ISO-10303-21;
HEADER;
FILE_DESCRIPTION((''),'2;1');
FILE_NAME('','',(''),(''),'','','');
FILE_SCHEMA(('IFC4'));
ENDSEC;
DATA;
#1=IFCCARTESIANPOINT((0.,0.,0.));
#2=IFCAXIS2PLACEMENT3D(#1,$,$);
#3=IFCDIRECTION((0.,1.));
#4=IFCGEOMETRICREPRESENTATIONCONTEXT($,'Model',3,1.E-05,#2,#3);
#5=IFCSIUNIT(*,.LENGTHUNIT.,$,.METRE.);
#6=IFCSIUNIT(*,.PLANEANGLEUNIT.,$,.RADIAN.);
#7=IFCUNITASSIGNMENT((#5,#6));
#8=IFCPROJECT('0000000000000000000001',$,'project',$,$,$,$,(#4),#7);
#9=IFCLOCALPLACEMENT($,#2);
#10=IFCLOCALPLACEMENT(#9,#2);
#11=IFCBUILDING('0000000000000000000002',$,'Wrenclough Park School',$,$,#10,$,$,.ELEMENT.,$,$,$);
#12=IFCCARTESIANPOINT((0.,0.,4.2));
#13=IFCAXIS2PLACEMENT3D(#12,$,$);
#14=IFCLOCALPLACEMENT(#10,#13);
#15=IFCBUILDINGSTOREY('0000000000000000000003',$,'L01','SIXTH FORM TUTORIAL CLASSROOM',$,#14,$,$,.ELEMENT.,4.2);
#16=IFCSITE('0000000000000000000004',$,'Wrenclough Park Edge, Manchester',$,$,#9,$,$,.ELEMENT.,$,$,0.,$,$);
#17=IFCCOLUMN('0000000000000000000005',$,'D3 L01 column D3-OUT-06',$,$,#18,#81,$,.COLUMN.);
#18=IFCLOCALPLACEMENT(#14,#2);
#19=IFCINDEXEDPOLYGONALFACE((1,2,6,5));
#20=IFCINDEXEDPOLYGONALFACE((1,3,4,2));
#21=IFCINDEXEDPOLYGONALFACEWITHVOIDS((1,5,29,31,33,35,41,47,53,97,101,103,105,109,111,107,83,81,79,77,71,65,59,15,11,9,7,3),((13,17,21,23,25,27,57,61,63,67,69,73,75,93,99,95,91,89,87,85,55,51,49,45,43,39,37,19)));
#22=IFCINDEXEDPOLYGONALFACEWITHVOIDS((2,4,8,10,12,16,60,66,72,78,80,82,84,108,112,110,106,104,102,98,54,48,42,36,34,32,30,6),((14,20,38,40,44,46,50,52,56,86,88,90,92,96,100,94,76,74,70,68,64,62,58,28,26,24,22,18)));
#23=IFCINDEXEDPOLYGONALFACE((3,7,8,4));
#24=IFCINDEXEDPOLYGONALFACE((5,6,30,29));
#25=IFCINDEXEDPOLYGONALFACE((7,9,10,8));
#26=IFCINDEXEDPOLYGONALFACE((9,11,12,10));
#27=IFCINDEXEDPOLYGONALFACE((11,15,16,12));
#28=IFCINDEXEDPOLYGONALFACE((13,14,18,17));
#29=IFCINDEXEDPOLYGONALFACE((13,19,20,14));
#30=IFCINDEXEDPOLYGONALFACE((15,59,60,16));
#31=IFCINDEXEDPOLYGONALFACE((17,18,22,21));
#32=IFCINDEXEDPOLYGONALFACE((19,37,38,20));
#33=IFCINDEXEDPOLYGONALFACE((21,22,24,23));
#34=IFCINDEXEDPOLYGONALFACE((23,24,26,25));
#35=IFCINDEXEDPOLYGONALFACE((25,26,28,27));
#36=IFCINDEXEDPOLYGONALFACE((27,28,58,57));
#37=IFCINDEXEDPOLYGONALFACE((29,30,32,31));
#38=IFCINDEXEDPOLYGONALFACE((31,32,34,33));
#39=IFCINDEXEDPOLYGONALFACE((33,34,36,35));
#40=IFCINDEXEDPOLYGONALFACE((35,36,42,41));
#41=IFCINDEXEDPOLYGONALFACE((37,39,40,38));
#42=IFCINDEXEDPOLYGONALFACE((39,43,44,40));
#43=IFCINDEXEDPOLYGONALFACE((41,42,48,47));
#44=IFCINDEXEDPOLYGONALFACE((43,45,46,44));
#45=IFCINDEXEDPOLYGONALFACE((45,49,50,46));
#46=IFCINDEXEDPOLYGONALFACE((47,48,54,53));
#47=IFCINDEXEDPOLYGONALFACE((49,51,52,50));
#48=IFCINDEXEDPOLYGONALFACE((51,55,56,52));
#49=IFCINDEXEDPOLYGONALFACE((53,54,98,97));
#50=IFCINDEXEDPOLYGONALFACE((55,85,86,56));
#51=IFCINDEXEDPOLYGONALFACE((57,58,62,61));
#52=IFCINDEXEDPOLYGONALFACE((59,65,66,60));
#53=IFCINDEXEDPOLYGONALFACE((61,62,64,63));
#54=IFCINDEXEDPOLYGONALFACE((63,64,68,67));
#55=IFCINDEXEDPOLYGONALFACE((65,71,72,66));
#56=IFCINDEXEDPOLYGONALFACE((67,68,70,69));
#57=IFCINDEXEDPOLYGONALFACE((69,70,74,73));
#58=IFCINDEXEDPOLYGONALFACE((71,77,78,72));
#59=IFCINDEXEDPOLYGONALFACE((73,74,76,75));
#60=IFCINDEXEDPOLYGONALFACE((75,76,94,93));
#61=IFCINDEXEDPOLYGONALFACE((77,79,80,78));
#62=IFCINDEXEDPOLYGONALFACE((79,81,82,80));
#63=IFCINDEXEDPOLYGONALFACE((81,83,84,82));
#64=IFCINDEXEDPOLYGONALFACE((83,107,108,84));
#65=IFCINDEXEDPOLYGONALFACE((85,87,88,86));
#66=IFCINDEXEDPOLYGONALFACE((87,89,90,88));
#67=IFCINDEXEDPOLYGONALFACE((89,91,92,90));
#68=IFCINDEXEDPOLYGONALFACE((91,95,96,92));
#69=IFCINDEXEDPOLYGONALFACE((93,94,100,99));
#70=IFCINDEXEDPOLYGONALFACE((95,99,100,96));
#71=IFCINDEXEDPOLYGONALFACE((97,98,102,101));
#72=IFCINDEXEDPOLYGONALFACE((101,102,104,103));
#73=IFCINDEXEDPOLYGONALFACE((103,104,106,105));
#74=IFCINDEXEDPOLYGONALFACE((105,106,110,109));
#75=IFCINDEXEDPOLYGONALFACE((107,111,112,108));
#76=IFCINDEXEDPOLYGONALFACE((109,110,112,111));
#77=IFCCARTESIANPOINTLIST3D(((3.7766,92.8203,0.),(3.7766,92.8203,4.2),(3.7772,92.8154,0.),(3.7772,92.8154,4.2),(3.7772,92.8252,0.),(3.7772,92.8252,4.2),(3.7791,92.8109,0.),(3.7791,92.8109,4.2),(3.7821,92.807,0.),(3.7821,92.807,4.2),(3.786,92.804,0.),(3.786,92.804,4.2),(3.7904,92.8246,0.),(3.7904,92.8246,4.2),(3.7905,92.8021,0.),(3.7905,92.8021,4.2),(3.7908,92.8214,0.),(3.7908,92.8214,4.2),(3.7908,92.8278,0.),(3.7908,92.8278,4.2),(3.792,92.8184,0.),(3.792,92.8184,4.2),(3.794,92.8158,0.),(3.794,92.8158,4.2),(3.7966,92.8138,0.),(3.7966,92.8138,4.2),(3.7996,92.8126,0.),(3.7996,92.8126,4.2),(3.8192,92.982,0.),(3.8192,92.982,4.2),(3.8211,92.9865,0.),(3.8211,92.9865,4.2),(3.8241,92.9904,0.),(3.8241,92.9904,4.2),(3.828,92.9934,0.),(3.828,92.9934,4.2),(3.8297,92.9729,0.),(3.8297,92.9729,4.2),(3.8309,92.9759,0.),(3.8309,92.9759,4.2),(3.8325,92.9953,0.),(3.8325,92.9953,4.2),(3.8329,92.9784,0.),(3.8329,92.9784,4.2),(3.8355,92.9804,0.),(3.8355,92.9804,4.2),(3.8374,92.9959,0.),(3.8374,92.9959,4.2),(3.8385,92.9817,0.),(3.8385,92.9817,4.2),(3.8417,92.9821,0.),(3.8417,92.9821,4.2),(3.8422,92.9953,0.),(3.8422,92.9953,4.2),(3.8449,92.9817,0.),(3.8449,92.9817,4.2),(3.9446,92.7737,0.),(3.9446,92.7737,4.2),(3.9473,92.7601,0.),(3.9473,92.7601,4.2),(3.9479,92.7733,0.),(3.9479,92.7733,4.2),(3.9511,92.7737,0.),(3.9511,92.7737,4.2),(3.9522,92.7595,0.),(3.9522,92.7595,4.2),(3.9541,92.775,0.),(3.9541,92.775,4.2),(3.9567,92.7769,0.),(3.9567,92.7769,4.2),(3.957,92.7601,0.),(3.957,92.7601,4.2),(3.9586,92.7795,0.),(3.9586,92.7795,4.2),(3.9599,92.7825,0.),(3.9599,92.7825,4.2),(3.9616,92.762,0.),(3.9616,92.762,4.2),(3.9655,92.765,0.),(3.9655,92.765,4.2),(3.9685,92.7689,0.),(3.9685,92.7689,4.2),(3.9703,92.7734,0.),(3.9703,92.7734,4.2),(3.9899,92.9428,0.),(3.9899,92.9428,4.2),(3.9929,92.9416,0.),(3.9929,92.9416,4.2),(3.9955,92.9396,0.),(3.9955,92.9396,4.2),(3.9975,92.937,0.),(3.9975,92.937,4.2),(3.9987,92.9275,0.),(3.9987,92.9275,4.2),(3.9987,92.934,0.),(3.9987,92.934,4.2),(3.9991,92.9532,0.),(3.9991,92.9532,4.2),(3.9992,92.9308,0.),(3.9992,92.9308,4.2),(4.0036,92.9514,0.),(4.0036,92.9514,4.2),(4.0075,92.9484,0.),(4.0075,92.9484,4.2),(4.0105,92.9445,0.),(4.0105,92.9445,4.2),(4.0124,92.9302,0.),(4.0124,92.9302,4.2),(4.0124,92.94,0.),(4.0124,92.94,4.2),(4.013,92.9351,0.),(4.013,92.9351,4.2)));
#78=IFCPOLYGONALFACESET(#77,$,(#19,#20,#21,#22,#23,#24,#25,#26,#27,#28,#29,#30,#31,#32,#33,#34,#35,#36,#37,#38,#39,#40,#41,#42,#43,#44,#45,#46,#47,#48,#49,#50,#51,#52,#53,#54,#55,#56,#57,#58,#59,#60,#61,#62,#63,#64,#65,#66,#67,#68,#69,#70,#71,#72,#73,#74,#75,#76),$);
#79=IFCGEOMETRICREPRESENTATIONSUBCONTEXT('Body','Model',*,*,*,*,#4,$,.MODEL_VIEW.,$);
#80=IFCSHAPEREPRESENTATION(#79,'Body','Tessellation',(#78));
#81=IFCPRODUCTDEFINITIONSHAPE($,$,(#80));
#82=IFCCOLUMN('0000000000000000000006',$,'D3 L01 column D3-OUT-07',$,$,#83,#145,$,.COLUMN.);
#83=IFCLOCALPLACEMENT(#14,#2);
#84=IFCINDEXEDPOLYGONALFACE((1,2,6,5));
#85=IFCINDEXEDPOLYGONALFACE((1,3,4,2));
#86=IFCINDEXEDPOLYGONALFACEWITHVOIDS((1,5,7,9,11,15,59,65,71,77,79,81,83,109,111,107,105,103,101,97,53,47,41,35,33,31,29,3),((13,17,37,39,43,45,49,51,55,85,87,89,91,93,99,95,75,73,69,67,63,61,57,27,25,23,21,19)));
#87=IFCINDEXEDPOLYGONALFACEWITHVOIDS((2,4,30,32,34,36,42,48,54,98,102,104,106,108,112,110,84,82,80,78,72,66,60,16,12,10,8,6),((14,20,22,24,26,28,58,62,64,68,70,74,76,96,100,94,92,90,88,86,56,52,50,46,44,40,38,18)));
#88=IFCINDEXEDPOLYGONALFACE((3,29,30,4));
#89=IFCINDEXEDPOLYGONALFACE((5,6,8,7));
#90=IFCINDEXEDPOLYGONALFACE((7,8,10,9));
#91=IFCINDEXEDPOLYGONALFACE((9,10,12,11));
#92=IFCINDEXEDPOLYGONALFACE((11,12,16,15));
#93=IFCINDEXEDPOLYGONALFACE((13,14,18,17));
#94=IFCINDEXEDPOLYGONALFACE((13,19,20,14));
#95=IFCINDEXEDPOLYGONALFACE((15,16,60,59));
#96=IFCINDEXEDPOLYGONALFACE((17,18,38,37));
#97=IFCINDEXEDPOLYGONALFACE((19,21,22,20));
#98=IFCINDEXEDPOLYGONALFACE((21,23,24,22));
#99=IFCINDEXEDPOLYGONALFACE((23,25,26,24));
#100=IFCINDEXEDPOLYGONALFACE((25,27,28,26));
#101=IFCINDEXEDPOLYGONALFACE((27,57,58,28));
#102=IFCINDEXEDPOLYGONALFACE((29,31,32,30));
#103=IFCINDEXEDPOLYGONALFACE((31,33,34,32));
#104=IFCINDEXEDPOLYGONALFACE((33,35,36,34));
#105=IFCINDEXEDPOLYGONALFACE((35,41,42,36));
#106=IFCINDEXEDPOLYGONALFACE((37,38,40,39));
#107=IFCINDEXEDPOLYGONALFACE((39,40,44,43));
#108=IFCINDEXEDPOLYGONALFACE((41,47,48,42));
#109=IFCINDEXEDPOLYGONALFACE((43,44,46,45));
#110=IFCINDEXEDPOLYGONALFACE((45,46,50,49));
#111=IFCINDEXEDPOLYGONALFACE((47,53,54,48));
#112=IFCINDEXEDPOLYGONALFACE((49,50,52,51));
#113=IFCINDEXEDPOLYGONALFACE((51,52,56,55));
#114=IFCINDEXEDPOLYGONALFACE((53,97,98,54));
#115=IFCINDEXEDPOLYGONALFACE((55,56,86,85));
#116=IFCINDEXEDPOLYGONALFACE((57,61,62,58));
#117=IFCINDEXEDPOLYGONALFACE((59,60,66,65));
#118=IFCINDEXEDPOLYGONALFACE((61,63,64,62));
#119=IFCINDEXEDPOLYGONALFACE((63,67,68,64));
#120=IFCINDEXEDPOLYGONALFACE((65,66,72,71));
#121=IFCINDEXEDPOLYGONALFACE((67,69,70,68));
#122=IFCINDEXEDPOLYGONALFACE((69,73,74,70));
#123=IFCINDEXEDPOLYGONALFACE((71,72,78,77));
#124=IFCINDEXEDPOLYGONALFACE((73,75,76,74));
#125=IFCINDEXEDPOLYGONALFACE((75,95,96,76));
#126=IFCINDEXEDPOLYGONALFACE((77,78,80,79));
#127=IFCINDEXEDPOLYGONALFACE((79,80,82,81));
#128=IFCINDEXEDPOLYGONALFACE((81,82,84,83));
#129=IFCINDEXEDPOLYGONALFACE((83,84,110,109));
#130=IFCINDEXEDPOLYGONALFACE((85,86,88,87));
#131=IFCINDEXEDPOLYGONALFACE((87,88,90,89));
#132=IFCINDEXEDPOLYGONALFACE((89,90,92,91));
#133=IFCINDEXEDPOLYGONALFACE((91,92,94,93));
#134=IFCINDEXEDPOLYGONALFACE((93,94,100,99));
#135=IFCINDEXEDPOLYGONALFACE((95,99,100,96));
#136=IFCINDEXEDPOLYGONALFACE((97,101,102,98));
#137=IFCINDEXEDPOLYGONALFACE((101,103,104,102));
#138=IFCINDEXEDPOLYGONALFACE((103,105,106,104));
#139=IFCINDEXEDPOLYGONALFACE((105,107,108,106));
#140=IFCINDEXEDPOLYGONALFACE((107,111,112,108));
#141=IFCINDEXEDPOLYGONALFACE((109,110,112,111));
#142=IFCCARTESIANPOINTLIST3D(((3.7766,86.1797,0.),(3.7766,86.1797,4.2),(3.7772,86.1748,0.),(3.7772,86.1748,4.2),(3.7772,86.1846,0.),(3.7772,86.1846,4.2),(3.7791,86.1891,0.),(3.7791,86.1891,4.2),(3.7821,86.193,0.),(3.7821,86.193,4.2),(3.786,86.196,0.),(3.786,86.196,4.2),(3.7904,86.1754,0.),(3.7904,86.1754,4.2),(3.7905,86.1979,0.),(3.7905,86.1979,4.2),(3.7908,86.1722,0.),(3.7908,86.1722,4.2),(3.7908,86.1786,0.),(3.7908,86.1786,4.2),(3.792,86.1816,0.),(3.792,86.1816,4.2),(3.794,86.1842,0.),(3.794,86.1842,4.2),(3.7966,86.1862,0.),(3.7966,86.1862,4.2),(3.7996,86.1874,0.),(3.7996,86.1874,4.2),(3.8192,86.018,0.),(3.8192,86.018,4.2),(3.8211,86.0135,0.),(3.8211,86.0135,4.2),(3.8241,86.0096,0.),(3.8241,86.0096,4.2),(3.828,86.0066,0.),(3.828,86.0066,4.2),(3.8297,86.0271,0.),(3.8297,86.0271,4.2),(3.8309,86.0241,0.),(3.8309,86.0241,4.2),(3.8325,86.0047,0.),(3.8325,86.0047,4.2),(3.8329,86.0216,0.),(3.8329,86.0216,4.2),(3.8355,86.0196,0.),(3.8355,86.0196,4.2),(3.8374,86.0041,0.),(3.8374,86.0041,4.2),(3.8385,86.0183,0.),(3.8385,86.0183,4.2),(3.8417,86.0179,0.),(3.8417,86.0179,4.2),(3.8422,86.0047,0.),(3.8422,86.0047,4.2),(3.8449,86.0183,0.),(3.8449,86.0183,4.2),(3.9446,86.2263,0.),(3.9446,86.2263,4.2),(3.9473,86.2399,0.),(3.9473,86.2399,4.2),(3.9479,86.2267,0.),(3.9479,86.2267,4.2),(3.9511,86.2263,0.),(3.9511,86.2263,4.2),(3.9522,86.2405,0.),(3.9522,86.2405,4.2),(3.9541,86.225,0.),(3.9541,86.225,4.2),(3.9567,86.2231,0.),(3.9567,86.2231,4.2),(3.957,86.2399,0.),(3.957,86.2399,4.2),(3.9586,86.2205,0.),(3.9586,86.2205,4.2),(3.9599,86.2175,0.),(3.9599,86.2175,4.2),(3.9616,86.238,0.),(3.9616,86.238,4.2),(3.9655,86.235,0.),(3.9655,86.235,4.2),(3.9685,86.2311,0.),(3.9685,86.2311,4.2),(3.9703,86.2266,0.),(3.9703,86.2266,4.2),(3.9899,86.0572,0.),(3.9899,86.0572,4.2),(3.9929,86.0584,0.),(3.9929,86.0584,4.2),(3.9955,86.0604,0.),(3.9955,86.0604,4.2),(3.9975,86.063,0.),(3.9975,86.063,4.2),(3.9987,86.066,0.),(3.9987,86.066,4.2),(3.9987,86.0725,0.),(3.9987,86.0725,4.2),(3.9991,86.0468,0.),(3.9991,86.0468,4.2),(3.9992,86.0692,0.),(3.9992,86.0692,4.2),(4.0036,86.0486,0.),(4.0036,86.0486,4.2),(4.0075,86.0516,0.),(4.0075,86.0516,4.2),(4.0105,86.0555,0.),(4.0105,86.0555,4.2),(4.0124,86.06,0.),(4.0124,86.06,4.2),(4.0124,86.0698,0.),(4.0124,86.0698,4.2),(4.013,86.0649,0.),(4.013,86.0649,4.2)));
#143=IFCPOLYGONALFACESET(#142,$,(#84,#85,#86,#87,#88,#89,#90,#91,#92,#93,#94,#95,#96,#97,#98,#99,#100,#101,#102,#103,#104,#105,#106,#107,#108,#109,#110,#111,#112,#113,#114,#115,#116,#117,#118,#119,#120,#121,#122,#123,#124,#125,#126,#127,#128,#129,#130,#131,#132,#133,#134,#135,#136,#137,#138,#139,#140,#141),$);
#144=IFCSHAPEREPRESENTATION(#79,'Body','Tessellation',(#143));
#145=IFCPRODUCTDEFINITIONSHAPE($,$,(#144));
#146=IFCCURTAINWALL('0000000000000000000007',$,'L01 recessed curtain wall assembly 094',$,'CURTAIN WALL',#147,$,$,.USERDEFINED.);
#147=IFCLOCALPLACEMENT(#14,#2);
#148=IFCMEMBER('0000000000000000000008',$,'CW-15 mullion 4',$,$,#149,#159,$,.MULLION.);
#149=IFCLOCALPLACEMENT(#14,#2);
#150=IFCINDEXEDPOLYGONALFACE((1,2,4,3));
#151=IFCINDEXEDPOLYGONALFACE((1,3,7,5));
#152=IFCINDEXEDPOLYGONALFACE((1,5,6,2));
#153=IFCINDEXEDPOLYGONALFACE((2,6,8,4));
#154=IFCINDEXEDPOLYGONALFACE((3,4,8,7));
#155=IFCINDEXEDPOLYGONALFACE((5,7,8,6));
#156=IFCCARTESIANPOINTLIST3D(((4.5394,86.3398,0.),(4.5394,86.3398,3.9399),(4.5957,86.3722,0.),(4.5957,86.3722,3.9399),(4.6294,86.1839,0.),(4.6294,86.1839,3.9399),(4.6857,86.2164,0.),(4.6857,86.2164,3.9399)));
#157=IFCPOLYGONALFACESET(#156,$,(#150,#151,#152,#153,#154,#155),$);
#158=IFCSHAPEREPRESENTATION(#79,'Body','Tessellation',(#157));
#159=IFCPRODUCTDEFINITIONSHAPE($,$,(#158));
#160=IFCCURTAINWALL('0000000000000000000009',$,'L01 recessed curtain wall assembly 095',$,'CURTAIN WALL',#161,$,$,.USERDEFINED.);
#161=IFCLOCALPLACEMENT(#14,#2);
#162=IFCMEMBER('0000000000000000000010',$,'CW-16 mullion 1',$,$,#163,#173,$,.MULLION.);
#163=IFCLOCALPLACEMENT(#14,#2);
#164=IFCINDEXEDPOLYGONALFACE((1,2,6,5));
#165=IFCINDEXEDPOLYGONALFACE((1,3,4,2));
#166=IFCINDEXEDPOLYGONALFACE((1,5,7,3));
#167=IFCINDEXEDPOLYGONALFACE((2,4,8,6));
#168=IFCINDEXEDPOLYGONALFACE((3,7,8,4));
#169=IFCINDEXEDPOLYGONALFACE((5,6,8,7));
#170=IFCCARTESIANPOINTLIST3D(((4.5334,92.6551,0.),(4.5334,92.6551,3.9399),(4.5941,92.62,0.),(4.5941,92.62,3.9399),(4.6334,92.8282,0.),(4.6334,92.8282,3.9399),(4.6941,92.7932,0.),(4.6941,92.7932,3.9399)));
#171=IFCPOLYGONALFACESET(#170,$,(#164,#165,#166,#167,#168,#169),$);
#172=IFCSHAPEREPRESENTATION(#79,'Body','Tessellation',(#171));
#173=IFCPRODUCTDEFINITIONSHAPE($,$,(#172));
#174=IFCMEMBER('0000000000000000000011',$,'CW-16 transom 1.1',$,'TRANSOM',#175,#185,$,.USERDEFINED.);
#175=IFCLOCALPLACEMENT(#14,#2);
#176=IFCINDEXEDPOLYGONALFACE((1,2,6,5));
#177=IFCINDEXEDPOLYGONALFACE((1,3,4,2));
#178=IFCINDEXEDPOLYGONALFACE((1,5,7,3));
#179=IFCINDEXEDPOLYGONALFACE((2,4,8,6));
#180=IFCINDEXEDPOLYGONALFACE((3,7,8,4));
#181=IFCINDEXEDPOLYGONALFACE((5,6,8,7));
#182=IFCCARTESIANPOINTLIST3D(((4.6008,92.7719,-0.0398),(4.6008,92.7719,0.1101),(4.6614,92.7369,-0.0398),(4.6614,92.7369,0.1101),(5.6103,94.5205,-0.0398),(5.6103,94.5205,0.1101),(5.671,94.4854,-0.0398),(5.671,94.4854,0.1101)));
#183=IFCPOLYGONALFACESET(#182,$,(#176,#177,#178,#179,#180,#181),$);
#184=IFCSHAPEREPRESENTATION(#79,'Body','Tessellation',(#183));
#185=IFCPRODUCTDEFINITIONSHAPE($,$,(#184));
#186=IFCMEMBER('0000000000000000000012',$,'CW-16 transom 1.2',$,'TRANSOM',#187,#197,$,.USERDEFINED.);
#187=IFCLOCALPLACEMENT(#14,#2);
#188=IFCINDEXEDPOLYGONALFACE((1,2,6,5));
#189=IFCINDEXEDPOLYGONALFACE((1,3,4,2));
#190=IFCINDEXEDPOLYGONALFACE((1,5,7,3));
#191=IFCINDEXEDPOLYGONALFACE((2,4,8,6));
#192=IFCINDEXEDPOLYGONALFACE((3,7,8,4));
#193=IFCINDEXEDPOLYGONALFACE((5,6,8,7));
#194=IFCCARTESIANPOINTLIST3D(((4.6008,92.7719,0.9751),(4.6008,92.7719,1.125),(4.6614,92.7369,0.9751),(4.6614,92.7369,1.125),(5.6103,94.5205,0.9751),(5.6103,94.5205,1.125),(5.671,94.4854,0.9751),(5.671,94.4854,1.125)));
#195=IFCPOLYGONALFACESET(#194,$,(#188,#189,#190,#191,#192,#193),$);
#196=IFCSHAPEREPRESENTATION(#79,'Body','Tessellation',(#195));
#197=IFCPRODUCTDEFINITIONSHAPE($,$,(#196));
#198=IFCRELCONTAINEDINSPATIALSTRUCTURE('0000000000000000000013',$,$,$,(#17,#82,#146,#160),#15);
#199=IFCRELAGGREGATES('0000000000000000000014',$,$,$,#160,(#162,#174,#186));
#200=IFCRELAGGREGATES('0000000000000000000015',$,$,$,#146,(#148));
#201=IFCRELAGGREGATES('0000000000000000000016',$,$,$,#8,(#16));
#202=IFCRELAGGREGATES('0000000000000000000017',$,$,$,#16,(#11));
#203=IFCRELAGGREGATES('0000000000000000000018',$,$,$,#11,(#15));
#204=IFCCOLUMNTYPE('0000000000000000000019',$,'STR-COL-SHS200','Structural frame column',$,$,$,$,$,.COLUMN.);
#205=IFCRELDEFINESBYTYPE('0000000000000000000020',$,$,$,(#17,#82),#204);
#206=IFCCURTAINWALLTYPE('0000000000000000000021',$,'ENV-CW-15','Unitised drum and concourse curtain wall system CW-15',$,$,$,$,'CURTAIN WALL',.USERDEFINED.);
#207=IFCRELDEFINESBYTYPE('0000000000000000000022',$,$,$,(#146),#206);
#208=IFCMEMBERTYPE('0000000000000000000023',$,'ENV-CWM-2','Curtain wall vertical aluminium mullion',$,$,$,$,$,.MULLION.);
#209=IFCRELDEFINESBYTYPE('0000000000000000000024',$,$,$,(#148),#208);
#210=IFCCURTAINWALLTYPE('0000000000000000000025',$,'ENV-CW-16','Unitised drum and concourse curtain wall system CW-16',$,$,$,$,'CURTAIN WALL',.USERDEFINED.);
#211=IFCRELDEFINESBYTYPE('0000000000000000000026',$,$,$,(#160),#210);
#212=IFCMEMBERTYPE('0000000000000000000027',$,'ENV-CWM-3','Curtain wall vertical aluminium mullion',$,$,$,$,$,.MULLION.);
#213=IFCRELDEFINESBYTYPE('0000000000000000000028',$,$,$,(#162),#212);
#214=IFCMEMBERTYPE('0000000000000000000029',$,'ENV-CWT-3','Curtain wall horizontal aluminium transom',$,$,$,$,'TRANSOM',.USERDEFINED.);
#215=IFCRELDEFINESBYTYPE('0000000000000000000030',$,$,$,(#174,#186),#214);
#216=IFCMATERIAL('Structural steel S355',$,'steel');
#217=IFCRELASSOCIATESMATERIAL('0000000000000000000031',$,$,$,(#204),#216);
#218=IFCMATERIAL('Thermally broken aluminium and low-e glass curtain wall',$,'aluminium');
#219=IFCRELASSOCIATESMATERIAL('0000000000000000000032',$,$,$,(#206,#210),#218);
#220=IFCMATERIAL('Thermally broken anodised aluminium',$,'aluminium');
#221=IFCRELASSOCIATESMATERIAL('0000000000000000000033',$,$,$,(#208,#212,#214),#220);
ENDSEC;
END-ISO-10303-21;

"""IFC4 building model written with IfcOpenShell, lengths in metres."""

from ifc_helpers import new_model, si_unit, direction, frame, origin, origin_2d, place, context, subcontext, project, spatial, rectangle, hollow_rectangle, extrude, material, material_profile, profile_set, type_object, element, aggregate, save


model = new_model("IFC4")

# Units and contexts
model_context = context("Model", 3, precision=1e-05, world=origin(), true_north=direction((0.0, 1.0)))
body_context = subcontext(model_context, "Body", "Model", "MODEL_VIEW")
ifc_project = project(units=[si_unit("LENGTHUNIT", "METRE"), si_unit("PLANEANGLEUNIT", "RADIAN")], contexts=[model_context])

# Site, building, storey
site_placement = place(None, origin())
site = spatial("IfcSite", under=ifc_project, at=site_placement, Name="Wrenclough Park Edge, Manchester", CompositionType="ELEMENT", RefElevation=0.0)
building_placement = place(site_placement, origin())
building = spatial("IfcBuilding", under=site, at=building_placement, Name="Wrenclough Park School", CompositionType="ELEMENT")
storey_placement = place(building_placement, frame((0.0, 0.0, 4.2)))
storey = spatial("IfcBuildingStorey", under=building, at=storey_placement, Name="L01", Description="SIXTH FORM TUTORIAL CLASSROOM", CompositionType="ELEMENT", Elevation=4.2)

# Columns
ifc_material_1 = material(Name="Structural steel S355", Category="steel")
ifc_material_profile_1 = material_profile(ifc_material_1, hollow_rectangle(XDim=0.2, YDim=0.2, WallThickness=0.0125, InnerFilletRadius=0.0125, OuterFilletRadius=0.0188, at=origin_2d()), Name="SHS 200x200x12.5")
ifc_profile_set_1 = profile_set([ifc_material_profile_1], Name="Structural steel S355")
column_type = type_object("IfcColumnType", Name="STR-COL-SHS200", Description="Structural frame column", PredefinedType="COLUMN", material=ifc_profile_set_1)
for number, where, z_axis, x_axis, name in (
    (1, (3.8948, 92.8777, 0.0), (0.0, 0.0, 1.0), (-0.258819, -0.965926, 0.0), "D3 L01 column D3-OUT-06"),
    (2, (3.8948, 86.1223, 0.0), (0.0, 0.0, 1.0), (0.258819, -0.965926, 0.0), "D3 L01 column D3-OUT-07"),
):
    element("IfcColumn", number, at=place(storey_placement, frame(where, z_axis=z_axis, x_axis=x_axis)), inside=storey, type_object=column_type, Name=name, PredefinedType="COLUMN", context=body_context, shape_type="SweptSolid", body=[
        extrude(hollow_rectangle(XDim=0.2, YDim=0.2, WallThickness=0.0125, InnerFilletRadius=0.0125, OuterFilletRadius=0.0188, at=origin_2d()), origin(), (0.0, 0.0, 1.0), 4.2),
    ])

# Curtain wall, member
ifc_material_2 = material(Name="Thermally broken aluminium and low-e glass curtain wall", Category="aluminium")
curtain_wall_type_1 = type_object("IfcCurtainWallType", Name="ENV-CW-15", Description="Unitised drum and concourse curtain wall system CW-15", ElementType="CURTAIN WALL", PredefinedType="USERDEFINED", material=ifc_material_2)
curtain_wall_1_placement = place(storey_placement, origin())
curtain_wall_1 = element("IfcCurtainWall", 3, at=curtain_wall_1_placement, inside=storey, type_object=curtain_wall_type_1, Name="L01 recessed curtain wall assembly 094", ObjectType="CURTAIN WALL", PredefinedType="USERDEFINED")
ifc_material_3 = material(Name="Thermally broken anodised aluminium", Category="aluminium")
ifc_material_profile_2 = material_profile(ifc_material_3, rectangle(XDim=0.0649, YDim=0.1799, at=origin_2d()), Name="AL MULLION 65x180")
ifc_profile_set_2 = profile_set([ifc_material_profile_2], Name="Thermally broken anodised aluminium")
member_type_1 = type_object("IfcMemberType", Name="ENV-CWM-2", Description="Curtain wall vertical aluminium mullion", PredefinedType="MULLION", material=ifc_profile_set_2)
member_1_placement = place(storey_placement, frame((4.6125, 86.2781, 0.0), z_axis=(0.0, 0.0, 1.0), x_axis=(-0.866026, -0.499999, 0.0)))
member_1 = element("IfcMember", 4, at=member_1_placement, type_object=member_type_1, Name="CW-15 mullion 4", PredefinedType="MULLION", context=body_context, shape_type="SweptSolid", body=[
    extrude(rectangle(XDim=0.0649, YDim=0.1799, at=origin_2d()), origin(), (0.0, 0.0, 1.0), 3.9399),
])

# Curtain wall, members
curtain_wall_type_2 = type_object("IfcCurtainWallType", Name="ENV-CW-16", Description="Unitised drum and concourse curtain wall system CW-16", ElementType="CURTAIN WALL", PredefinedType="USERDEFINED", material=ifc_material_2)
curtain_wall_2_placement = place(storey_placement, origin())
curtain_wall_2 = element("IfcCurtainWall", 5, at=curtain_wall_2_placement, inside=storey, type_object=curtain_wall_type_2, Name="L01 recessed curtain wall assembly 095", ObjectType="CURTAIN WALL", PredefinedType="USERDEFINED")
ifc_material_profile_3 = material_profile(ifc_material_3, rectangle(XDim=0.0701, YDim=0.2, at=origin_2d()), Name="AL MULLION 70x200")
ifc_profile_set_3 = profile_set([ifc_material_profile_3], Name="Thermally broken anodised aluminium")
member_type_2 = type_object("IfcMemberType", Name="ENV-CWM-3", Description="Curtain wall vertical aluminium mullion", PredefinedType="MULLION", material=ifc_profile_set_3)
member_2_placement = place(storey_placement, frame((4.6138, 92.7241, 0.0), z_axis=(0.0, 0.0, 1.0), x_axis=(-0.866026, 0.499999, 0.0)))
member_2 = element("IfcMember", 6, at=member_2_placement, type_object=member_type_2, Name="CW-16 mullion 1", PredefinedType="MULLION", context=body_context, shape_type="SweptSolid", body=[
    extrude(rectangle(XDim=0.0701, YDim=0.2, at=origin_2d()), origin(), (0.0, 0.0, 1.0), 3.9399),
])
ifc_material_profile_4 = material_profile(ifc_material_3, rectangle(XDim=0.0701, YDim=0.1499, at=origin_2d()), Name="AL TRANSOM 70x150")
ifc_profile_set_4 = profile_set([ifc_material_profile_4], Name="Thermally broken anodised aluminium")
member_type_3 = type_object("IfcMemberType", Name="ENV-CWT-3", Description="Curtain wall horizontal aluminium transom", ElementType="TRANSOM", PredefinedType="USERDEFINED", material=ifc_profile_set_4)
member_3_placement = place(storey_placement, frame((4.6311, 92.7544, 0.0352), z_axis=(0.500002, 0.866024, 0.0), x_axis=(-0.866024, 0.500002, 0.0)))
member_3 = element("IfcMember", 7, at=member_3_placement, type_object=member_type_3, Name="CW-16 transom 1.1", ObjectType="TRANSOM", PredefinedType="USERDEFINED", context=body_context, shape_type="SweptSolid", body=[
    extrude(rectangle(XDim=0.0701, YDim=0.1499, at=origin_2d()), origin(), (0.0, 0.0, 1.0), 2.019),
])
member_4_placement = place(storey_placement, frame((4.6311, 92.7544, 1.05), z_axis=(0.500002, 0.866024, 0.0), x_axis=(-0.866024, 0.500002, 0.0)))
member_4 = element("IfcMember", 8, at=member_4_placement, type_object=member_type_3, Name="CW-16 transom 1.2", ObjectType="TRANSOM", PredefinedType="USERDEFINED", context=body_context, shape_type="SweptSolid", body=[
    extrude(rectangle(XDim=0.0701, YDim=0.1499, at=origin_2d()), origin(), (0.0, 0.0, 1.0), 2.019),
])
aggregate(curtain_wall_2, [member_2, member_3, member_4])

aggregate(curtain_wall_1, [member_1])

save(model, "model.ifc")
